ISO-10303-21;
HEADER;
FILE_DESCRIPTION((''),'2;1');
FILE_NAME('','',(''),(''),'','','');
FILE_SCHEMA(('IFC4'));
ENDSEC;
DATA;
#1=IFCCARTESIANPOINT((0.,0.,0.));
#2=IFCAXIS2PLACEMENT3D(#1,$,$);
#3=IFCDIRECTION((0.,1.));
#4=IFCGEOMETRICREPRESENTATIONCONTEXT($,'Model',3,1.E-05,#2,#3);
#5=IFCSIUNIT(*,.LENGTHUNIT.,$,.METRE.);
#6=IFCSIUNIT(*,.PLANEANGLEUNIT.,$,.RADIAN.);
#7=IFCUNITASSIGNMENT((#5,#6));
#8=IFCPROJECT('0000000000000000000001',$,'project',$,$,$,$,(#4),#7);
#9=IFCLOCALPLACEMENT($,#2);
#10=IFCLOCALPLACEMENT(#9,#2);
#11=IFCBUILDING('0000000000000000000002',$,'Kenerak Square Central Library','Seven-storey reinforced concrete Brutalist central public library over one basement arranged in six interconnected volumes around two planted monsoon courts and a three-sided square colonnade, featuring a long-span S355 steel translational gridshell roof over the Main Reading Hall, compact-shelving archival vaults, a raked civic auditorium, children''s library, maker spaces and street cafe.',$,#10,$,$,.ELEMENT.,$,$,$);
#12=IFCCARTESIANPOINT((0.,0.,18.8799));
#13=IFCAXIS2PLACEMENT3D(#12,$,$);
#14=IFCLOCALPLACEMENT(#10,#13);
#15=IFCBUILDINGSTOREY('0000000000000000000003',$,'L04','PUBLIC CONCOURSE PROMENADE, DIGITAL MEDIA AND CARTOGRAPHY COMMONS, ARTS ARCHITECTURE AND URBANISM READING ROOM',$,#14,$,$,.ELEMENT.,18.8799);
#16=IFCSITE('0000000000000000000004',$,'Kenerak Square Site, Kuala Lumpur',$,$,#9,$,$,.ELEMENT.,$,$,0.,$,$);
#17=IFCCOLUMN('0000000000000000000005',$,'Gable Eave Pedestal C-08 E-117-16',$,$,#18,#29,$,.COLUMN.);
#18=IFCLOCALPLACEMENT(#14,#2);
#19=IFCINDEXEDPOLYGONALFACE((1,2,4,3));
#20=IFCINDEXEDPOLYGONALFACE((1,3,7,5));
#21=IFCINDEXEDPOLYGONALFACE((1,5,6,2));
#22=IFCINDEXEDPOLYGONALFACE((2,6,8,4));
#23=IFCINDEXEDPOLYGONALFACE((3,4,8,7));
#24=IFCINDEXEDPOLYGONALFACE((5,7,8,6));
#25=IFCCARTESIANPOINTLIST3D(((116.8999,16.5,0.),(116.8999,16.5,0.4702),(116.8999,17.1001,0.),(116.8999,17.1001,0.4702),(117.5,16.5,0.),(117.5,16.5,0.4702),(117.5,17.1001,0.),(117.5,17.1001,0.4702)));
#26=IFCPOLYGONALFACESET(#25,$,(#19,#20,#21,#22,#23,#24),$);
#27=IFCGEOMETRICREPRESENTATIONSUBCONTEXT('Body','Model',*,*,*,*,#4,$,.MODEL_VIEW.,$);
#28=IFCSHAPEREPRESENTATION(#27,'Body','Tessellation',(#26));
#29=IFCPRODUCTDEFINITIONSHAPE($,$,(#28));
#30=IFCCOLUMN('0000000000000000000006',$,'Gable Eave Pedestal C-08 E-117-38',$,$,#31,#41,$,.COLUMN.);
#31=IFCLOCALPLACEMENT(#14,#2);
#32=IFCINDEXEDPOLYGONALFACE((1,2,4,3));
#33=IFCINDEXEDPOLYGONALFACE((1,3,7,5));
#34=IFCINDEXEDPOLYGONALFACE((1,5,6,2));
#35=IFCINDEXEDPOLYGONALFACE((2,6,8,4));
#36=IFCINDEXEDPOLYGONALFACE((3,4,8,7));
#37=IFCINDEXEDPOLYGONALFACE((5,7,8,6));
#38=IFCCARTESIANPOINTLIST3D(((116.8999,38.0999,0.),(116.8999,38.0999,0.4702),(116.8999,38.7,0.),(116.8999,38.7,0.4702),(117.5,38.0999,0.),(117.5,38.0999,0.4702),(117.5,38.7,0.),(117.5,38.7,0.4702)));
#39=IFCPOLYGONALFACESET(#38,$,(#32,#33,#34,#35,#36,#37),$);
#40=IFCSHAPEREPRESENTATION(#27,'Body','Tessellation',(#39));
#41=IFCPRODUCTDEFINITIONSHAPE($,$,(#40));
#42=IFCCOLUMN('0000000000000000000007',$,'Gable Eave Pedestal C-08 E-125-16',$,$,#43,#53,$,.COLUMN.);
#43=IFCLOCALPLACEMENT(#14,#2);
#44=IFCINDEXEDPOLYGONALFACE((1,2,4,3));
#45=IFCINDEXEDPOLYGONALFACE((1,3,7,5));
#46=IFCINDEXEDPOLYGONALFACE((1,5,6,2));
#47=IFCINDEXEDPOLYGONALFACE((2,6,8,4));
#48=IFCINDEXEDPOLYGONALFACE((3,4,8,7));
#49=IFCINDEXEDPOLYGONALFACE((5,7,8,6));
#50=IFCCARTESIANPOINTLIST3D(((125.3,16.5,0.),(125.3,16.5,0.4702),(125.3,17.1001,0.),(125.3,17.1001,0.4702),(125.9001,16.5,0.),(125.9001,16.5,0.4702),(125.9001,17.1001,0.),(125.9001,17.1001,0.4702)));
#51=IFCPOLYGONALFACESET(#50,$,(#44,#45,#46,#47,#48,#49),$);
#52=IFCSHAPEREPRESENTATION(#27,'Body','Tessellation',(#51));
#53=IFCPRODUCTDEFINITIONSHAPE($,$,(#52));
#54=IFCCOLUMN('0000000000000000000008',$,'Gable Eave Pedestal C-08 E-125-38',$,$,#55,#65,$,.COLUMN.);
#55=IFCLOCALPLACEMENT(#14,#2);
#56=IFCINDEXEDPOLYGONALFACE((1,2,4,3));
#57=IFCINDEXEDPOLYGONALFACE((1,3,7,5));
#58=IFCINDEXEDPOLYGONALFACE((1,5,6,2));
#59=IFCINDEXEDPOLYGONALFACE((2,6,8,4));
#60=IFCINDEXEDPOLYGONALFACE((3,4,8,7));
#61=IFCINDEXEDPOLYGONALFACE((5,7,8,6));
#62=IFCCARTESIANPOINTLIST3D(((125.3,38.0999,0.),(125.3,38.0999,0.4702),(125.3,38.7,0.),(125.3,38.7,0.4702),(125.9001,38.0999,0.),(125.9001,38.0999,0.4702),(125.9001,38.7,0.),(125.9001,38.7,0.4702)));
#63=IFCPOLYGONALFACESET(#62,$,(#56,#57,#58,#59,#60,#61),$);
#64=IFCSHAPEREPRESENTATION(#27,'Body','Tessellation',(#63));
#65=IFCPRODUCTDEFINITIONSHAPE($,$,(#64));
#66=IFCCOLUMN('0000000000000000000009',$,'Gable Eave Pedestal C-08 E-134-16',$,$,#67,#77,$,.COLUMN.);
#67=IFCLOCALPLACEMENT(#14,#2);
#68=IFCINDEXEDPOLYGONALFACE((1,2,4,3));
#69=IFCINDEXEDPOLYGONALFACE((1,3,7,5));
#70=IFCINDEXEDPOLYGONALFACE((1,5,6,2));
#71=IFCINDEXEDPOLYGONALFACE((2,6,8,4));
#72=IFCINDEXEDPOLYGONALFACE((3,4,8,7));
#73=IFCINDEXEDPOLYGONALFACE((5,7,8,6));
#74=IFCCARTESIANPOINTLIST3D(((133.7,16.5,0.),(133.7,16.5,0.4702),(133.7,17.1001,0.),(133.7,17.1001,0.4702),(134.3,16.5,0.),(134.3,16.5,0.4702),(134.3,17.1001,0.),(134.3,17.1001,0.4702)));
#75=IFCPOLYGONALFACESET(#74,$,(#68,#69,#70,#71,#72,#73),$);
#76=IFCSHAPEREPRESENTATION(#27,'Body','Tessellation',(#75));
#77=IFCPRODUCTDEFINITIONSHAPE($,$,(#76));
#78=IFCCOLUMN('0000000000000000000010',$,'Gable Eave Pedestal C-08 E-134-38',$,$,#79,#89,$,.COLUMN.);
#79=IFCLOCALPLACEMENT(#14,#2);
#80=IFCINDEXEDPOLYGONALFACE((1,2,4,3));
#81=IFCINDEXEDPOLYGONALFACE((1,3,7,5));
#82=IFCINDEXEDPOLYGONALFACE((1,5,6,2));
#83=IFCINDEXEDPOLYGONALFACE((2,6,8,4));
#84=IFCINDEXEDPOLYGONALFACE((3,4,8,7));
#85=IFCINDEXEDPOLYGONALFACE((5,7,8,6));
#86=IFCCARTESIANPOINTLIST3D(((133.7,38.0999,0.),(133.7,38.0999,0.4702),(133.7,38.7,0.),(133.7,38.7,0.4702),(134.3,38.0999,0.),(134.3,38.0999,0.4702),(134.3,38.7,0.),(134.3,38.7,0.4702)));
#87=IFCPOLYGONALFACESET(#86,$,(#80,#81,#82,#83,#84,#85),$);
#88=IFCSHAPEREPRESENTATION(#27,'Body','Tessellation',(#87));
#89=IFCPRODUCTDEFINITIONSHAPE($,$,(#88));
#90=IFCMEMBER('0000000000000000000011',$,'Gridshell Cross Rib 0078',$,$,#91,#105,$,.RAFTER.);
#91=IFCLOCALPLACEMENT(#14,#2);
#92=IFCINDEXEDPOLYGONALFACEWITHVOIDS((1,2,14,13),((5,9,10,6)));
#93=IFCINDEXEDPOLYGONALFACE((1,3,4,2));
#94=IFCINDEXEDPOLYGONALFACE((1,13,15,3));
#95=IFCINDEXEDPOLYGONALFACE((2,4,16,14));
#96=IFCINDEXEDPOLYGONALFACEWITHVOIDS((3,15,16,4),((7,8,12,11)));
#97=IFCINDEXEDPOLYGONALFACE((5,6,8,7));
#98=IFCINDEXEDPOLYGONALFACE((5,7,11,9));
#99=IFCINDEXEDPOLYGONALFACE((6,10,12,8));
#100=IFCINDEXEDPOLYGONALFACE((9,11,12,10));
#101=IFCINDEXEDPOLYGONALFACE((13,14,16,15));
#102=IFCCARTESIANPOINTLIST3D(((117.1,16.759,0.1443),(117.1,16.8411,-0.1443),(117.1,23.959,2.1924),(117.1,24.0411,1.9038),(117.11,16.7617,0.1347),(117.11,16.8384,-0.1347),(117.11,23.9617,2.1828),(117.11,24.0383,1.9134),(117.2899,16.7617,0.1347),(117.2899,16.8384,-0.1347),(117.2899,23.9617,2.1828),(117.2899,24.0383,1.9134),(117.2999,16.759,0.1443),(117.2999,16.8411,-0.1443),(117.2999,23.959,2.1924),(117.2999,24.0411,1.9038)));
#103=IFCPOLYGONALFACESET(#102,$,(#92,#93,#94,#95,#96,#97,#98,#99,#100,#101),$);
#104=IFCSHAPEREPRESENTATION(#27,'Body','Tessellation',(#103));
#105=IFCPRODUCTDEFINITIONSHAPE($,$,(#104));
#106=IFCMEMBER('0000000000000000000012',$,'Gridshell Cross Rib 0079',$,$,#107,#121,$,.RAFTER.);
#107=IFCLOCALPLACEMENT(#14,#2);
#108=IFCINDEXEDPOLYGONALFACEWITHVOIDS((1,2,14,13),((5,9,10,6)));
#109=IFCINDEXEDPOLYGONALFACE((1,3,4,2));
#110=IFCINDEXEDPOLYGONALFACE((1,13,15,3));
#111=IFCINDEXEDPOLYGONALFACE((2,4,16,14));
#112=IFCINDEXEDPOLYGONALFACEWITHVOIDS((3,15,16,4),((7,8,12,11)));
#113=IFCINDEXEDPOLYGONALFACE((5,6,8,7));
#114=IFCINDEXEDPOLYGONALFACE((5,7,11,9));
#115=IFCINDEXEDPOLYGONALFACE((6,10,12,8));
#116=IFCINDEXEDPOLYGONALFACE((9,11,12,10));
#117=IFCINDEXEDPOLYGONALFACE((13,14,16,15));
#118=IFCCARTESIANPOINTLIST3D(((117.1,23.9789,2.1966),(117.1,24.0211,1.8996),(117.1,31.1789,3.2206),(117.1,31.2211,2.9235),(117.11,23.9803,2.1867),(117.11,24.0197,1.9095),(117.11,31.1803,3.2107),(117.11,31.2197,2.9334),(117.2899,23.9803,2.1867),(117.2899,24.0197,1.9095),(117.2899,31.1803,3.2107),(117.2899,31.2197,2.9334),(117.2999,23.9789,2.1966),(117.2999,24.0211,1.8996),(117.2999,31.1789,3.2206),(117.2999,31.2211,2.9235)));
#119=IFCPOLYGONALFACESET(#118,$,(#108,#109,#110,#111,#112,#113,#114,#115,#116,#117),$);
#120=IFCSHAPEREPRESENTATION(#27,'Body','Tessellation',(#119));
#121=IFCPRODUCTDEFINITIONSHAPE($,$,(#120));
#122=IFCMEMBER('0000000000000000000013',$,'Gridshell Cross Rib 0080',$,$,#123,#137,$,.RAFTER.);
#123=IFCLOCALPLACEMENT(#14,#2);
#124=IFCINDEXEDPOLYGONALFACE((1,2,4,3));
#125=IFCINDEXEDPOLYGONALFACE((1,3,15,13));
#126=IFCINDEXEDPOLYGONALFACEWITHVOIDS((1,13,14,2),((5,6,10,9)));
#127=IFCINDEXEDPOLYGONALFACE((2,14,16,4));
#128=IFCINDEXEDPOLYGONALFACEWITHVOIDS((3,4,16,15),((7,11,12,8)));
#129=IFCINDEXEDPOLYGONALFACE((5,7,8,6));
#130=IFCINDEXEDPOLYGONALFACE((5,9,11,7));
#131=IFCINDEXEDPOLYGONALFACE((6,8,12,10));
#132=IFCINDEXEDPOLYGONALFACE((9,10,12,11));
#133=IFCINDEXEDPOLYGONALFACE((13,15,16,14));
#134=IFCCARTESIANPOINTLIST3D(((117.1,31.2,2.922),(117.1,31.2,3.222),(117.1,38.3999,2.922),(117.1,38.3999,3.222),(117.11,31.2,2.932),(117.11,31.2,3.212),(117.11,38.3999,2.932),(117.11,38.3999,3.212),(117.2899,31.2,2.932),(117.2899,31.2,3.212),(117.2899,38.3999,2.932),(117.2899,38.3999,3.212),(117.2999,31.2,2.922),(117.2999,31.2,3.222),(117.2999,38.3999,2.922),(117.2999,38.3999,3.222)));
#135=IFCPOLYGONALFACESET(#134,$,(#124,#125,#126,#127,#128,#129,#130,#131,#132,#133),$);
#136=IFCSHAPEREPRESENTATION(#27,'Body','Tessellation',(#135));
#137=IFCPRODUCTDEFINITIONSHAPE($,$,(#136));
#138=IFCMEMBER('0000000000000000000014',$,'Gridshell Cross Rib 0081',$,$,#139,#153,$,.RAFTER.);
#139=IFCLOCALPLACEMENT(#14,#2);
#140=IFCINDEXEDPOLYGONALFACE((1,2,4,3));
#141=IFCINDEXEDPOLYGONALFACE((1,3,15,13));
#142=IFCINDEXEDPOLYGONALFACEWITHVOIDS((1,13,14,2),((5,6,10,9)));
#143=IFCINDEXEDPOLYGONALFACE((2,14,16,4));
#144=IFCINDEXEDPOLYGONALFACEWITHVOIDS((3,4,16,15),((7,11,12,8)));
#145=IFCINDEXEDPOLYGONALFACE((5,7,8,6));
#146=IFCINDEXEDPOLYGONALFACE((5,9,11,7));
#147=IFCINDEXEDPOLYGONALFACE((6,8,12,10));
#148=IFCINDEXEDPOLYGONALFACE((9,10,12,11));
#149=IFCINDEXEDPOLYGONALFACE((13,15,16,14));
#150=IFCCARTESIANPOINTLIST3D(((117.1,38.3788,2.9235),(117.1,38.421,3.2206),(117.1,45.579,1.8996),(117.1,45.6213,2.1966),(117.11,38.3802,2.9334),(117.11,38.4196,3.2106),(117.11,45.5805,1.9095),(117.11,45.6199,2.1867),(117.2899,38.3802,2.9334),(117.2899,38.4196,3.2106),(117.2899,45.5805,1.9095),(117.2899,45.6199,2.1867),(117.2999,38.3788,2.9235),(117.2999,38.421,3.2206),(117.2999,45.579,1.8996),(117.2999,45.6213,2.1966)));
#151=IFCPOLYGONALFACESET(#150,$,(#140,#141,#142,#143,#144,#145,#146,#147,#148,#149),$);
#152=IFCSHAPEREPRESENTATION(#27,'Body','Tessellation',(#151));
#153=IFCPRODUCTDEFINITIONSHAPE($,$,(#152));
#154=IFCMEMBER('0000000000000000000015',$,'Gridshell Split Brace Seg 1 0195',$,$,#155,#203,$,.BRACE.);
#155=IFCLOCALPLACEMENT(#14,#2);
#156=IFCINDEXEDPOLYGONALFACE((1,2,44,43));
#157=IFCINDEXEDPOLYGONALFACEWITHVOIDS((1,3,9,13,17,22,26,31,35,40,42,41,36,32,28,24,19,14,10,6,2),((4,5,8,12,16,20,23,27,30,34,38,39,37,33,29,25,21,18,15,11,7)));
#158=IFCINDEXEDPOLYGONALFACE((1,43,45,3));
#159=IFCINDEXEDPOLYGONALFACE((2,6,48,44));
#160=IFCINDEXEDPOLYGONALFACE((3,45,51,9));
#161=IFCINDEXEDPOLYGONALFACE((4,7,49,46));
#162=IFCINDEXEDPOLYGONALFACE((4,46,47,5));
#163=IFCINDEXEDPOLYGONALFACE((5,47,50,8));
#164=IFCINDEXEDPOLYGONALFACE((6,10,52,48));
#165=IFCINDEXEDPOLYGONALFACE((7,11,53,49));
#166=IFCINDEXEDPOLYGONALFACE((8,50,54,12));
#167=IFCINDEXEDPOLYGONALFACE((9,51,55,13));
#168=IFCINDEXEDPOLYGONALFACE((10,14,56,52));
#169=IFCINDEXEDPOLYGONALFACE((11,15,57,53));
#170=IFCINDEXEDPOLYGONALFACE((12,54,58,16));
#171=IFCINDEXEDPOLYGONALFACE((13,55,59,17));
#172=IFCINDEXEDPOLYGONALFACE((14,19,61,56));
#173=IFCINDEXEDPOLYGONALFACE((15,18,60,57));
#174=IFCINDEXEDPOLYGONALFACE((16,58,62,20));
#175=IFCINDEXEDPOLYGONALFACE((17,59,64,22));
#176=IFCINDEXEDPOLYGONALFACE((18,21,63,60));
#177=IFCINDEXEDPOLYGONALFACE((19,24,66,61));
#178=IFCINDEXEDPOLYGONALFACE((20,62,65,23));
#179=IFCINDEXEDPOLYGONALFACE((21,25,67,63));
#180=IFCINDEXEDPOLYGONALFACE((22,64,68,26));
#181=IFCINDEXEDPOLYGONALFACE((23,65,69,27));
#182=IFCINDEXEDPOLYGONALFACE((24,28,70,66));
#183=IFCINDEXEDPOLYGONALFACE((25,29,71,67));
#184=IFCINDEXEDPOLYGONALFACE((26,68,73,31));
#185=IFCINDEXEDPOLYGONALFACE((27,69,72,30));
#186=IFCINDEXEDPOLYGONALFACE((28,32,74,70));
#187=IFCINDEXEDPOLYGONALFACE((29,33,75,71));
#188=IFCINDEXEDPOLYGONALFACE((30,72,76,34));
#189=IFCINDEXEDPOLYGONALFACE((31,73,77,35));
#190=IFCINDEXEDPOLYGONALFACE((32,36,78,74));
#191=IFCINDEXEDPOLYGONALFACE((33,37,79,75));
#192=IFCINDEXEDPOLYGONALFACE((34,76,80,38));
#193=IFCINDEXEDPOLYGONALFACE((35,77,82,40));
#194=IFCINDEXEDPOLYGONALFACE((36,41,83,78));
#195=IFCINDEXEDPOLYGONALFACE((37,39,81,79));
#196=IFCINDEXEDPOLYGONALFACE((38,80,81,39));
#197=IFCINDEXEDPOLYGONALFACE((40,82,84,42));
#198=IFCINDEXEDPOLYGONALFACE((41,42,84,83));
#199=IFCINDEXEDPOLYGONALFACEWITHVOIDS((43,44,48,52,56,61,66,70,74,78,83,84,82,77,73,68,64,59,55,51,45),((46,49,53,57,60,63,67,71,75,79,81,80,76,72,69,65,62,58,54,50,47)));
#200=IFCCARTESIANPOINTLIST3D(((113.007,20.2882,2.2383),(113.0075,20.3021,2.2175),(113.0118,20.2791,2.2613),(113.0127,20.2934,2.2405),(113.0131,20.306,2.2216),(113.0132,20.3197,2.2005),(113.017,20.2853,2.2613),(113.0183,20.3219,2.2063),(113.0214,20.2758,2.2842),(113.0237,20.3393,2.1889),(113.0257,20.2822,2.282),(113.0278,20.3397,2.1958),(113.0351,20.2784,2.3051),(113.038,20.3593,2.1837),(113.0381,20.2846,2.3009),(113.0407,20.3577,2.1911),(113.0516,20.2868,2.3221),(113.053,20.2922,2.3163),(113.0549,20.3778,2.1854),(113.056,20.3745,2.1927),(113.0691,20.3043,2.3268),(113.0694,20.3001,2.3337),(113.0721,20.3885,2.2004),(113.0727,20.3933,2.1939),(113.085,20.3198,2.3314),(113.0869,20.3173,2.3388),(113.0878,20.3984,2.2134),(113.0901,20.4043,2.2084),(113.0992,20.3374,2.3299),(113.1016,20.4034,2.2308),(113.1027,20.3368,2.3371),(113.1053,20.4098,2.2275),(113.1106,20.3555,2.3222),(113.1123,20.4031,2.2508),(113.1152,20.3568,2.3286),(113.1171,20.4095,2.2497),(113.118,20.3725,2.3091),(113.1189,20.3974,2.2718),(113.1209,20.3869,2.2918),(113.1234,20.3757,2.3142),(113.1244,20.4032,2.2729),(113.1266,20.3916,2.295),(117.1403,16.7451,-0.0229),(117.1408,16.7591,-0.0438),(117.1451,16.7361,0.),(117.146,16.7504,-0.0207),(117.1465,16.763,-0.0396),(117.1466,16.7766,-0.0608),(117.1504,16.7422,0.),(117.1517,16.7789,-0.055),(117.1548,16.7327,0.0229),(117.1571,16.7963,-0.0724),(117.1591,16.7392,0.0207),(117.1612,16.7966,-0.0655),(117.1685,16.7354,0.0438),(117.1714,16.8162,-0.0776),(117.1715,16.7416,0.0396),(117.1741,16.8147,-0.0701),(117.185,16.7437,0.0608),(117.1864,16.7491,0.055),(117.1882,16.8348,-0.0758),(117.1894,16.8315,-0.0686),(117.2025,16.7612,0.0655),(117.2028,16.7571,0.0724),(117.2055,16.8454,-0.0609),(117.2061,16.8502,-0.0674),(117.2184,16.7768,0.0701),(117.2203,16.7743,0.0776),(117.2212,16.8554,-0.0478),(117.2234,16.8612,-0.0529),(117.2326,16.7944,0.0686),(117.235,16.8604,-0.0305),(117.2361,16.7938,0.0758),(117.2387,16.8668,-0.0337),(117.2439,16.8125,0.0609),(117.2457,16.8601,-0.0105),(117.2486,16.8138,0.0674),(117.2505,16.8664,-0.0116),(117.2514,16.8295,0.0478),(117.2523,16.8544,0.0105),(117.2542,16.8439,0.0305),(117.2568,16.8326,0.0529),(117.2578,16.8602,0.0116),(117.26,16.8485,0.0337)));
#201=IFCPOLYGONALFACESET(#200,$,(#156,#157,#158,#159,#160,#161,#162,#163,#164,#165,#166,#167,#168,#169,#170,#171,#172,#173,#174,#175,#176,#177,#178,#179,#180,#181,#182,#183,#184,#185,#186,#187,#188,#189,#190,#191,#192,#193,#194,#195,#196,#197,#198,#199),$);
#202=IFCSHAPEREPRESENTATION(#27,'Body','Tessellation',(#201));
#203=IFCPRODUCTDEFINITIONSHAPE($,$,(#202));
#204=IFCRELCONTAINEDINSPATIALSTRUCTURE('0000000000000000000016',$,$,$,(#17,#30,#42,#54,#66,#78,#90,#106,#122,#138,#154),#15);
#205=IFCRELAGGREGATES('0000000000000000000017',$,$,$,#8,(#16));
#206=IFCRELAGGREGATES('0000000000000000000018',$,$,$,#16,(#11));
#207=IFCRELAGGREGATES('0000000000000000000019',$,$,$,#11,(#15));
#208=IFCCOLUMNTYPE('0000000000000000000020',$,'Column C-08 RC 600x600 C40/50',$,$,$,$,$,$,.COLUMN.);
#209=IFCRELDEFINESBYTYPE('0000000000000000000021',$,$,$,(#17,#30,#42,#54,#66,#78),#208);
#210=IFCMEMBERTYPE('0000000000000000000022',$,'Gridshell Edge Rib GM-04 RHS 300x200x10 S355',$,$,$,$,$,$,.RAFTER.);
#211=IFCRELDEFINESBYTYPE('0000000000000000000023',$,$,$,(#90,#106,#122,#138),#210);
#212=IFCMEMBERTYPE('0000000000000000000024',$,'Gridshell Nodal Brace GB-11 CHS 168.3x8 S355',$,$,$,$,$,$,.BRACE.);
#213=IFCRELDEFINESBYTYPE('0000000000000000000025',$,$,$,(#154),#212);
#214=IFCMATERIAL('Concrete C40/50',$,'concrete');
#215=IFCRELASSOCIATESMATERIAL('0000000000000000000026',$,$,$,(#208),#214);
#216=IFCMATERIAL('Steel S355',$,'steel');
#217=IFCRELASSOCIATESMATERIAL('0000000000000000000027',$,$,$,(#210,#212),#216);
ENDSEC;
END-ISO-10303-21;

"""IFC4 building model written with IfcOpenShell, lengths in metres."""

from ifc_helpers import new_model, si_unit, direction, frame, origin, origin_2d, place, context, subcontext, project, spatial, rectangle, hollow_rectangle, hollow_circle, extrude, material, material_profile, profile_set, type_object, element, save


model = new_model("IFC4")

# Units and contexts
model_context = context("Model", 3, precision=1e-05, world=origin(), true_north=direction((0.0, 1.0)))
body_context = subcontext(model_context, "Body", "Model", "MODEL_VIEW")
ifc_project = project(units=[si_unit("LENGTHUNIT", "METRE"), si_unit("PLANEANGLEUNIT", "RADIAN")], contexts=[model_context])

# Site, building, storey
site_placement = place(None, origin())
site = spatial("IfcSite", under=ifc_project, at=site_placement, Name="Kenerak Square Site, Kuala Lumpur", CompositionType="ELEMENT", RefElevation=0.0)
building_placement = place(site_placement, origin())
building = spatial("IfcBuilding", under=site, at=building_placement, Name="Kenerak Square Central Library", Description="Seven-storey reinforced concrete Brutalist central public library over one basement arranged in six interconnected volumes around two planted monsoon courts and a three-sided square colonnade, featuring a long-span S355 steel translational gridshell roof over the Main Reading Hall, compact-shelving archival vaults, a raked civic auditorium, children's library, maker spaces and street cafe.", CompositionType="ELEMENT")
storey_placement = place(building_placement, frame((0.0, 0.0, 18.8799)))
storey = spatial("IfcBuildingStorey", under=building, at=storey_placement, Name="L04", Description="PUBLIC CONCOURSE PROMENADE, DIGITAL MEDIA AND CARTOGRAPHY COMMONS, ARTS ARCHITECTURE AND URBANISM READING ROOM", CompositionType="ELEMENT", Elevation=18.8799)

# Columns
ifc_material_1 = material(Name="Concrete C40/50", Category="concrete")
ifc_material_profile_1 = material_profile(ifc_material_1, rectangle(XDim=0.6001, YDim=0.6001, at=origin_2d()), Name="RC 600x600")
ifc_profile_set_1 = profile_set([ifc_material_profile_1], Name="Concrete C40/50")
column_type = type_object("IfcColumnType", Name="Column C-08 RC 600x600 C40/50", PredefinedType="COLUMN", material=ifc_profile_set_1)
for number, where, z_axis, x_axis, name in (
    (1, (117.2, 16.8, 0.0), (0.0, 0.0, 1.0), (1.0, 0.0, 0.0), "Gable Eave Pedestal C-08 E-117-16"),
    (2, (117.2, 38.3999, 0.0), (0.0, 0.0, 1.0), (1.0, 0.0, 0.0), "Gable Eave Pedestal C-08 E-117-38"),
    (3, (125.6001, 16.8, 0.0), (0.0, 0.0, 1.0), (1.0, 0.0, 0.0), "Gable Eave Pedestal C-08 E-125-16"),
    (4, (125.6001, 38.3999, 0.0), (0.0, 0.0, 1.0), (1.0, 0.0, 0.0), "Gable Eave Pedestal C-08 E-125-38"),
    (5, (134.0, 16.8, 0.0), (0.0, 0.0, 1.0), (1.0, 0.0, 0.0), "Gable Eave Pedestal C-08 E-134-16"),
    (6, (134.0, 38.3999, 0.0), (0.0, 0.0, 1.0), (1.0, 0.0, 0.0), "Gable Eave Pedestal C-08 E-134-38"),
):
    element("IfcColumn", number, at=place(storey_placement, frame(where, z_axis=z_axis, x_axis=x_axis)), inside=storey, type_object=column_type, Name=name, PredefinedType="COLUMN", context=body_context, shape_type="SweptSolid", body=[
        extrude(rectangle(XDim=0.6001, YDim=0.6001, at=origin_2d()), origin(), (0.0, 0.0, 1.0), 0.4702),
    ])

# Members
ifc_material_2 = material(Name="Steel S355", Category="steel")
ifc_material_profile_2 = material_profile(ifc_material_2, hollow_rectangle(XDim=0.2, YDim=0.3, WallThickness=0.01, at=origin_2d()), Name="RHS 300x200x10.0")
ifc_profile_set_2 = profile_set([ifc_material_profile_2], Name="Steel S355")
member_type_1 = type_object("IfcMemberType", Name="Gridshell Edge Rib GM-04 RHS 300x200x10 S355", PredefinedType="RAFTER", material=ifc_profile_set_2)
member_1_placement = place(storey_placement, frame((117.2, 16.8, 0.0), z_axis=(0.0, 0.961842, 0.273605), x_axis=(-1.0, 0.0, 0.0)))
element("IfcMember", 7, at=member_1_placement, inside=storey, type_object=member_type_1, Name="Gridshell Cross Rib 0078", PredefinedType="RAFTER", context=body_context, shape_type="SweptSolid", body=[
    extrude(hollow_rectangle(XDim=0.2, YDim=0.3, WallThickness=0.01, at=origin_2d()), origin(), (0.0, 0.0, 1.0), 7.4856),
])
member_2_placement = place(storey_placement, frame((117.2, 24.0, 2.0481), z_axis=(0.0, 0.990039, 0.140796), x_axis=(-1.0, 0.0, 0.0)))
element("IfcMember", 8, at=member_2_placement, inside=storey, type_object=member_type_1, Name="Gridshell Cross Rib 0079", PredefinedType="RAFTER", context=body_context, shape_type="SweptSolid", body=[
    extrude(hollow_rectangle(XDim=0.2, YDim=0.3, WallThickness=0.01, at=origin_2d()), origin(), (0.0, 0.0, 1.0), 7.2725),
])
member_3_placement = place(storey_placement, frame((117.2, 31.2, 3.072), z_axis=(0.0, 1.0, 0.0), x_axis=(-1.0, 0.0, 0.0)))
element("IfcMember", 9, at=member_3_placement, inside=storey, type_object=member_type_1, Name="Gridshell Cross Rib 0080", PredefinedType="RAFTER", context=body_context, shape_type="SweptSolid", body=[
    extrude(hollow_rectangle(XDim=0.2, YDim=0.3, WallThickness=0.01, at=origin_2d()), origin(), (0.0, 0.0, 1.0), 7.2),
])
member_4_placement = place(storey_placement, frame((117.2, 38.3999, 3.072), z_axis=(0.0, 0.990039, -0.140792), x_axis=(-1.0, 0.0, 0.0)))
element("IfcMember", 10, at=member_4_placement, inside=storey, type_object=member_type_1, Name="Gridshell Cross Rib 0081", PredefinedType="RAFTER", context=body_context, shape_type="SweptSolid", body=[
    extrude(hollow_rectangle(XDim=0.2, YDim=0.3, WallThickness=0.01, at=origin_2d()), origin(), (0.0, 0.0, 1.0), 7.2727),
])
ifc_material_profile_3 = material_profile(ifc_material_2, hollow_circle(Radius=0.0842, WallThickness=0.0081, at=origin_2d()), Name="CHS 168.3x8.0")
ifc_profile_set_3 = profile_set([ifc_material_profile_3], Name="Steel S355")
member_type_2 = type_object("IfcMemberType", Name="Gridshell Nodal Brace GB-11 CHS 168.3x8 S355", PredefinedType="BRACE", material=ifc_profile_set_3)
member_5_placement = place(storey_placement, frame((117.2, 16.8, 0.0), z_axis=(-0.701164, 0.601022, 0.38359), x_axis=(-0.650806, -0.759244, 0.0)))
element("IfcMember", 11, at=member_5_placement, inside=storey, type_object=member_type_2, Name="Gridshell Split Brace Seg 1 0195", PredefinedType="BRACE", context=body_context, shape_type="SweptSolid", body=[
    extrude(hollow_circle(Radius=0.0842, WallThickness=0.0081, at=origin_2d()), origin(), (0.0, 0.0, 1.0), 5.895),
])

save(model, "model.ifc")
